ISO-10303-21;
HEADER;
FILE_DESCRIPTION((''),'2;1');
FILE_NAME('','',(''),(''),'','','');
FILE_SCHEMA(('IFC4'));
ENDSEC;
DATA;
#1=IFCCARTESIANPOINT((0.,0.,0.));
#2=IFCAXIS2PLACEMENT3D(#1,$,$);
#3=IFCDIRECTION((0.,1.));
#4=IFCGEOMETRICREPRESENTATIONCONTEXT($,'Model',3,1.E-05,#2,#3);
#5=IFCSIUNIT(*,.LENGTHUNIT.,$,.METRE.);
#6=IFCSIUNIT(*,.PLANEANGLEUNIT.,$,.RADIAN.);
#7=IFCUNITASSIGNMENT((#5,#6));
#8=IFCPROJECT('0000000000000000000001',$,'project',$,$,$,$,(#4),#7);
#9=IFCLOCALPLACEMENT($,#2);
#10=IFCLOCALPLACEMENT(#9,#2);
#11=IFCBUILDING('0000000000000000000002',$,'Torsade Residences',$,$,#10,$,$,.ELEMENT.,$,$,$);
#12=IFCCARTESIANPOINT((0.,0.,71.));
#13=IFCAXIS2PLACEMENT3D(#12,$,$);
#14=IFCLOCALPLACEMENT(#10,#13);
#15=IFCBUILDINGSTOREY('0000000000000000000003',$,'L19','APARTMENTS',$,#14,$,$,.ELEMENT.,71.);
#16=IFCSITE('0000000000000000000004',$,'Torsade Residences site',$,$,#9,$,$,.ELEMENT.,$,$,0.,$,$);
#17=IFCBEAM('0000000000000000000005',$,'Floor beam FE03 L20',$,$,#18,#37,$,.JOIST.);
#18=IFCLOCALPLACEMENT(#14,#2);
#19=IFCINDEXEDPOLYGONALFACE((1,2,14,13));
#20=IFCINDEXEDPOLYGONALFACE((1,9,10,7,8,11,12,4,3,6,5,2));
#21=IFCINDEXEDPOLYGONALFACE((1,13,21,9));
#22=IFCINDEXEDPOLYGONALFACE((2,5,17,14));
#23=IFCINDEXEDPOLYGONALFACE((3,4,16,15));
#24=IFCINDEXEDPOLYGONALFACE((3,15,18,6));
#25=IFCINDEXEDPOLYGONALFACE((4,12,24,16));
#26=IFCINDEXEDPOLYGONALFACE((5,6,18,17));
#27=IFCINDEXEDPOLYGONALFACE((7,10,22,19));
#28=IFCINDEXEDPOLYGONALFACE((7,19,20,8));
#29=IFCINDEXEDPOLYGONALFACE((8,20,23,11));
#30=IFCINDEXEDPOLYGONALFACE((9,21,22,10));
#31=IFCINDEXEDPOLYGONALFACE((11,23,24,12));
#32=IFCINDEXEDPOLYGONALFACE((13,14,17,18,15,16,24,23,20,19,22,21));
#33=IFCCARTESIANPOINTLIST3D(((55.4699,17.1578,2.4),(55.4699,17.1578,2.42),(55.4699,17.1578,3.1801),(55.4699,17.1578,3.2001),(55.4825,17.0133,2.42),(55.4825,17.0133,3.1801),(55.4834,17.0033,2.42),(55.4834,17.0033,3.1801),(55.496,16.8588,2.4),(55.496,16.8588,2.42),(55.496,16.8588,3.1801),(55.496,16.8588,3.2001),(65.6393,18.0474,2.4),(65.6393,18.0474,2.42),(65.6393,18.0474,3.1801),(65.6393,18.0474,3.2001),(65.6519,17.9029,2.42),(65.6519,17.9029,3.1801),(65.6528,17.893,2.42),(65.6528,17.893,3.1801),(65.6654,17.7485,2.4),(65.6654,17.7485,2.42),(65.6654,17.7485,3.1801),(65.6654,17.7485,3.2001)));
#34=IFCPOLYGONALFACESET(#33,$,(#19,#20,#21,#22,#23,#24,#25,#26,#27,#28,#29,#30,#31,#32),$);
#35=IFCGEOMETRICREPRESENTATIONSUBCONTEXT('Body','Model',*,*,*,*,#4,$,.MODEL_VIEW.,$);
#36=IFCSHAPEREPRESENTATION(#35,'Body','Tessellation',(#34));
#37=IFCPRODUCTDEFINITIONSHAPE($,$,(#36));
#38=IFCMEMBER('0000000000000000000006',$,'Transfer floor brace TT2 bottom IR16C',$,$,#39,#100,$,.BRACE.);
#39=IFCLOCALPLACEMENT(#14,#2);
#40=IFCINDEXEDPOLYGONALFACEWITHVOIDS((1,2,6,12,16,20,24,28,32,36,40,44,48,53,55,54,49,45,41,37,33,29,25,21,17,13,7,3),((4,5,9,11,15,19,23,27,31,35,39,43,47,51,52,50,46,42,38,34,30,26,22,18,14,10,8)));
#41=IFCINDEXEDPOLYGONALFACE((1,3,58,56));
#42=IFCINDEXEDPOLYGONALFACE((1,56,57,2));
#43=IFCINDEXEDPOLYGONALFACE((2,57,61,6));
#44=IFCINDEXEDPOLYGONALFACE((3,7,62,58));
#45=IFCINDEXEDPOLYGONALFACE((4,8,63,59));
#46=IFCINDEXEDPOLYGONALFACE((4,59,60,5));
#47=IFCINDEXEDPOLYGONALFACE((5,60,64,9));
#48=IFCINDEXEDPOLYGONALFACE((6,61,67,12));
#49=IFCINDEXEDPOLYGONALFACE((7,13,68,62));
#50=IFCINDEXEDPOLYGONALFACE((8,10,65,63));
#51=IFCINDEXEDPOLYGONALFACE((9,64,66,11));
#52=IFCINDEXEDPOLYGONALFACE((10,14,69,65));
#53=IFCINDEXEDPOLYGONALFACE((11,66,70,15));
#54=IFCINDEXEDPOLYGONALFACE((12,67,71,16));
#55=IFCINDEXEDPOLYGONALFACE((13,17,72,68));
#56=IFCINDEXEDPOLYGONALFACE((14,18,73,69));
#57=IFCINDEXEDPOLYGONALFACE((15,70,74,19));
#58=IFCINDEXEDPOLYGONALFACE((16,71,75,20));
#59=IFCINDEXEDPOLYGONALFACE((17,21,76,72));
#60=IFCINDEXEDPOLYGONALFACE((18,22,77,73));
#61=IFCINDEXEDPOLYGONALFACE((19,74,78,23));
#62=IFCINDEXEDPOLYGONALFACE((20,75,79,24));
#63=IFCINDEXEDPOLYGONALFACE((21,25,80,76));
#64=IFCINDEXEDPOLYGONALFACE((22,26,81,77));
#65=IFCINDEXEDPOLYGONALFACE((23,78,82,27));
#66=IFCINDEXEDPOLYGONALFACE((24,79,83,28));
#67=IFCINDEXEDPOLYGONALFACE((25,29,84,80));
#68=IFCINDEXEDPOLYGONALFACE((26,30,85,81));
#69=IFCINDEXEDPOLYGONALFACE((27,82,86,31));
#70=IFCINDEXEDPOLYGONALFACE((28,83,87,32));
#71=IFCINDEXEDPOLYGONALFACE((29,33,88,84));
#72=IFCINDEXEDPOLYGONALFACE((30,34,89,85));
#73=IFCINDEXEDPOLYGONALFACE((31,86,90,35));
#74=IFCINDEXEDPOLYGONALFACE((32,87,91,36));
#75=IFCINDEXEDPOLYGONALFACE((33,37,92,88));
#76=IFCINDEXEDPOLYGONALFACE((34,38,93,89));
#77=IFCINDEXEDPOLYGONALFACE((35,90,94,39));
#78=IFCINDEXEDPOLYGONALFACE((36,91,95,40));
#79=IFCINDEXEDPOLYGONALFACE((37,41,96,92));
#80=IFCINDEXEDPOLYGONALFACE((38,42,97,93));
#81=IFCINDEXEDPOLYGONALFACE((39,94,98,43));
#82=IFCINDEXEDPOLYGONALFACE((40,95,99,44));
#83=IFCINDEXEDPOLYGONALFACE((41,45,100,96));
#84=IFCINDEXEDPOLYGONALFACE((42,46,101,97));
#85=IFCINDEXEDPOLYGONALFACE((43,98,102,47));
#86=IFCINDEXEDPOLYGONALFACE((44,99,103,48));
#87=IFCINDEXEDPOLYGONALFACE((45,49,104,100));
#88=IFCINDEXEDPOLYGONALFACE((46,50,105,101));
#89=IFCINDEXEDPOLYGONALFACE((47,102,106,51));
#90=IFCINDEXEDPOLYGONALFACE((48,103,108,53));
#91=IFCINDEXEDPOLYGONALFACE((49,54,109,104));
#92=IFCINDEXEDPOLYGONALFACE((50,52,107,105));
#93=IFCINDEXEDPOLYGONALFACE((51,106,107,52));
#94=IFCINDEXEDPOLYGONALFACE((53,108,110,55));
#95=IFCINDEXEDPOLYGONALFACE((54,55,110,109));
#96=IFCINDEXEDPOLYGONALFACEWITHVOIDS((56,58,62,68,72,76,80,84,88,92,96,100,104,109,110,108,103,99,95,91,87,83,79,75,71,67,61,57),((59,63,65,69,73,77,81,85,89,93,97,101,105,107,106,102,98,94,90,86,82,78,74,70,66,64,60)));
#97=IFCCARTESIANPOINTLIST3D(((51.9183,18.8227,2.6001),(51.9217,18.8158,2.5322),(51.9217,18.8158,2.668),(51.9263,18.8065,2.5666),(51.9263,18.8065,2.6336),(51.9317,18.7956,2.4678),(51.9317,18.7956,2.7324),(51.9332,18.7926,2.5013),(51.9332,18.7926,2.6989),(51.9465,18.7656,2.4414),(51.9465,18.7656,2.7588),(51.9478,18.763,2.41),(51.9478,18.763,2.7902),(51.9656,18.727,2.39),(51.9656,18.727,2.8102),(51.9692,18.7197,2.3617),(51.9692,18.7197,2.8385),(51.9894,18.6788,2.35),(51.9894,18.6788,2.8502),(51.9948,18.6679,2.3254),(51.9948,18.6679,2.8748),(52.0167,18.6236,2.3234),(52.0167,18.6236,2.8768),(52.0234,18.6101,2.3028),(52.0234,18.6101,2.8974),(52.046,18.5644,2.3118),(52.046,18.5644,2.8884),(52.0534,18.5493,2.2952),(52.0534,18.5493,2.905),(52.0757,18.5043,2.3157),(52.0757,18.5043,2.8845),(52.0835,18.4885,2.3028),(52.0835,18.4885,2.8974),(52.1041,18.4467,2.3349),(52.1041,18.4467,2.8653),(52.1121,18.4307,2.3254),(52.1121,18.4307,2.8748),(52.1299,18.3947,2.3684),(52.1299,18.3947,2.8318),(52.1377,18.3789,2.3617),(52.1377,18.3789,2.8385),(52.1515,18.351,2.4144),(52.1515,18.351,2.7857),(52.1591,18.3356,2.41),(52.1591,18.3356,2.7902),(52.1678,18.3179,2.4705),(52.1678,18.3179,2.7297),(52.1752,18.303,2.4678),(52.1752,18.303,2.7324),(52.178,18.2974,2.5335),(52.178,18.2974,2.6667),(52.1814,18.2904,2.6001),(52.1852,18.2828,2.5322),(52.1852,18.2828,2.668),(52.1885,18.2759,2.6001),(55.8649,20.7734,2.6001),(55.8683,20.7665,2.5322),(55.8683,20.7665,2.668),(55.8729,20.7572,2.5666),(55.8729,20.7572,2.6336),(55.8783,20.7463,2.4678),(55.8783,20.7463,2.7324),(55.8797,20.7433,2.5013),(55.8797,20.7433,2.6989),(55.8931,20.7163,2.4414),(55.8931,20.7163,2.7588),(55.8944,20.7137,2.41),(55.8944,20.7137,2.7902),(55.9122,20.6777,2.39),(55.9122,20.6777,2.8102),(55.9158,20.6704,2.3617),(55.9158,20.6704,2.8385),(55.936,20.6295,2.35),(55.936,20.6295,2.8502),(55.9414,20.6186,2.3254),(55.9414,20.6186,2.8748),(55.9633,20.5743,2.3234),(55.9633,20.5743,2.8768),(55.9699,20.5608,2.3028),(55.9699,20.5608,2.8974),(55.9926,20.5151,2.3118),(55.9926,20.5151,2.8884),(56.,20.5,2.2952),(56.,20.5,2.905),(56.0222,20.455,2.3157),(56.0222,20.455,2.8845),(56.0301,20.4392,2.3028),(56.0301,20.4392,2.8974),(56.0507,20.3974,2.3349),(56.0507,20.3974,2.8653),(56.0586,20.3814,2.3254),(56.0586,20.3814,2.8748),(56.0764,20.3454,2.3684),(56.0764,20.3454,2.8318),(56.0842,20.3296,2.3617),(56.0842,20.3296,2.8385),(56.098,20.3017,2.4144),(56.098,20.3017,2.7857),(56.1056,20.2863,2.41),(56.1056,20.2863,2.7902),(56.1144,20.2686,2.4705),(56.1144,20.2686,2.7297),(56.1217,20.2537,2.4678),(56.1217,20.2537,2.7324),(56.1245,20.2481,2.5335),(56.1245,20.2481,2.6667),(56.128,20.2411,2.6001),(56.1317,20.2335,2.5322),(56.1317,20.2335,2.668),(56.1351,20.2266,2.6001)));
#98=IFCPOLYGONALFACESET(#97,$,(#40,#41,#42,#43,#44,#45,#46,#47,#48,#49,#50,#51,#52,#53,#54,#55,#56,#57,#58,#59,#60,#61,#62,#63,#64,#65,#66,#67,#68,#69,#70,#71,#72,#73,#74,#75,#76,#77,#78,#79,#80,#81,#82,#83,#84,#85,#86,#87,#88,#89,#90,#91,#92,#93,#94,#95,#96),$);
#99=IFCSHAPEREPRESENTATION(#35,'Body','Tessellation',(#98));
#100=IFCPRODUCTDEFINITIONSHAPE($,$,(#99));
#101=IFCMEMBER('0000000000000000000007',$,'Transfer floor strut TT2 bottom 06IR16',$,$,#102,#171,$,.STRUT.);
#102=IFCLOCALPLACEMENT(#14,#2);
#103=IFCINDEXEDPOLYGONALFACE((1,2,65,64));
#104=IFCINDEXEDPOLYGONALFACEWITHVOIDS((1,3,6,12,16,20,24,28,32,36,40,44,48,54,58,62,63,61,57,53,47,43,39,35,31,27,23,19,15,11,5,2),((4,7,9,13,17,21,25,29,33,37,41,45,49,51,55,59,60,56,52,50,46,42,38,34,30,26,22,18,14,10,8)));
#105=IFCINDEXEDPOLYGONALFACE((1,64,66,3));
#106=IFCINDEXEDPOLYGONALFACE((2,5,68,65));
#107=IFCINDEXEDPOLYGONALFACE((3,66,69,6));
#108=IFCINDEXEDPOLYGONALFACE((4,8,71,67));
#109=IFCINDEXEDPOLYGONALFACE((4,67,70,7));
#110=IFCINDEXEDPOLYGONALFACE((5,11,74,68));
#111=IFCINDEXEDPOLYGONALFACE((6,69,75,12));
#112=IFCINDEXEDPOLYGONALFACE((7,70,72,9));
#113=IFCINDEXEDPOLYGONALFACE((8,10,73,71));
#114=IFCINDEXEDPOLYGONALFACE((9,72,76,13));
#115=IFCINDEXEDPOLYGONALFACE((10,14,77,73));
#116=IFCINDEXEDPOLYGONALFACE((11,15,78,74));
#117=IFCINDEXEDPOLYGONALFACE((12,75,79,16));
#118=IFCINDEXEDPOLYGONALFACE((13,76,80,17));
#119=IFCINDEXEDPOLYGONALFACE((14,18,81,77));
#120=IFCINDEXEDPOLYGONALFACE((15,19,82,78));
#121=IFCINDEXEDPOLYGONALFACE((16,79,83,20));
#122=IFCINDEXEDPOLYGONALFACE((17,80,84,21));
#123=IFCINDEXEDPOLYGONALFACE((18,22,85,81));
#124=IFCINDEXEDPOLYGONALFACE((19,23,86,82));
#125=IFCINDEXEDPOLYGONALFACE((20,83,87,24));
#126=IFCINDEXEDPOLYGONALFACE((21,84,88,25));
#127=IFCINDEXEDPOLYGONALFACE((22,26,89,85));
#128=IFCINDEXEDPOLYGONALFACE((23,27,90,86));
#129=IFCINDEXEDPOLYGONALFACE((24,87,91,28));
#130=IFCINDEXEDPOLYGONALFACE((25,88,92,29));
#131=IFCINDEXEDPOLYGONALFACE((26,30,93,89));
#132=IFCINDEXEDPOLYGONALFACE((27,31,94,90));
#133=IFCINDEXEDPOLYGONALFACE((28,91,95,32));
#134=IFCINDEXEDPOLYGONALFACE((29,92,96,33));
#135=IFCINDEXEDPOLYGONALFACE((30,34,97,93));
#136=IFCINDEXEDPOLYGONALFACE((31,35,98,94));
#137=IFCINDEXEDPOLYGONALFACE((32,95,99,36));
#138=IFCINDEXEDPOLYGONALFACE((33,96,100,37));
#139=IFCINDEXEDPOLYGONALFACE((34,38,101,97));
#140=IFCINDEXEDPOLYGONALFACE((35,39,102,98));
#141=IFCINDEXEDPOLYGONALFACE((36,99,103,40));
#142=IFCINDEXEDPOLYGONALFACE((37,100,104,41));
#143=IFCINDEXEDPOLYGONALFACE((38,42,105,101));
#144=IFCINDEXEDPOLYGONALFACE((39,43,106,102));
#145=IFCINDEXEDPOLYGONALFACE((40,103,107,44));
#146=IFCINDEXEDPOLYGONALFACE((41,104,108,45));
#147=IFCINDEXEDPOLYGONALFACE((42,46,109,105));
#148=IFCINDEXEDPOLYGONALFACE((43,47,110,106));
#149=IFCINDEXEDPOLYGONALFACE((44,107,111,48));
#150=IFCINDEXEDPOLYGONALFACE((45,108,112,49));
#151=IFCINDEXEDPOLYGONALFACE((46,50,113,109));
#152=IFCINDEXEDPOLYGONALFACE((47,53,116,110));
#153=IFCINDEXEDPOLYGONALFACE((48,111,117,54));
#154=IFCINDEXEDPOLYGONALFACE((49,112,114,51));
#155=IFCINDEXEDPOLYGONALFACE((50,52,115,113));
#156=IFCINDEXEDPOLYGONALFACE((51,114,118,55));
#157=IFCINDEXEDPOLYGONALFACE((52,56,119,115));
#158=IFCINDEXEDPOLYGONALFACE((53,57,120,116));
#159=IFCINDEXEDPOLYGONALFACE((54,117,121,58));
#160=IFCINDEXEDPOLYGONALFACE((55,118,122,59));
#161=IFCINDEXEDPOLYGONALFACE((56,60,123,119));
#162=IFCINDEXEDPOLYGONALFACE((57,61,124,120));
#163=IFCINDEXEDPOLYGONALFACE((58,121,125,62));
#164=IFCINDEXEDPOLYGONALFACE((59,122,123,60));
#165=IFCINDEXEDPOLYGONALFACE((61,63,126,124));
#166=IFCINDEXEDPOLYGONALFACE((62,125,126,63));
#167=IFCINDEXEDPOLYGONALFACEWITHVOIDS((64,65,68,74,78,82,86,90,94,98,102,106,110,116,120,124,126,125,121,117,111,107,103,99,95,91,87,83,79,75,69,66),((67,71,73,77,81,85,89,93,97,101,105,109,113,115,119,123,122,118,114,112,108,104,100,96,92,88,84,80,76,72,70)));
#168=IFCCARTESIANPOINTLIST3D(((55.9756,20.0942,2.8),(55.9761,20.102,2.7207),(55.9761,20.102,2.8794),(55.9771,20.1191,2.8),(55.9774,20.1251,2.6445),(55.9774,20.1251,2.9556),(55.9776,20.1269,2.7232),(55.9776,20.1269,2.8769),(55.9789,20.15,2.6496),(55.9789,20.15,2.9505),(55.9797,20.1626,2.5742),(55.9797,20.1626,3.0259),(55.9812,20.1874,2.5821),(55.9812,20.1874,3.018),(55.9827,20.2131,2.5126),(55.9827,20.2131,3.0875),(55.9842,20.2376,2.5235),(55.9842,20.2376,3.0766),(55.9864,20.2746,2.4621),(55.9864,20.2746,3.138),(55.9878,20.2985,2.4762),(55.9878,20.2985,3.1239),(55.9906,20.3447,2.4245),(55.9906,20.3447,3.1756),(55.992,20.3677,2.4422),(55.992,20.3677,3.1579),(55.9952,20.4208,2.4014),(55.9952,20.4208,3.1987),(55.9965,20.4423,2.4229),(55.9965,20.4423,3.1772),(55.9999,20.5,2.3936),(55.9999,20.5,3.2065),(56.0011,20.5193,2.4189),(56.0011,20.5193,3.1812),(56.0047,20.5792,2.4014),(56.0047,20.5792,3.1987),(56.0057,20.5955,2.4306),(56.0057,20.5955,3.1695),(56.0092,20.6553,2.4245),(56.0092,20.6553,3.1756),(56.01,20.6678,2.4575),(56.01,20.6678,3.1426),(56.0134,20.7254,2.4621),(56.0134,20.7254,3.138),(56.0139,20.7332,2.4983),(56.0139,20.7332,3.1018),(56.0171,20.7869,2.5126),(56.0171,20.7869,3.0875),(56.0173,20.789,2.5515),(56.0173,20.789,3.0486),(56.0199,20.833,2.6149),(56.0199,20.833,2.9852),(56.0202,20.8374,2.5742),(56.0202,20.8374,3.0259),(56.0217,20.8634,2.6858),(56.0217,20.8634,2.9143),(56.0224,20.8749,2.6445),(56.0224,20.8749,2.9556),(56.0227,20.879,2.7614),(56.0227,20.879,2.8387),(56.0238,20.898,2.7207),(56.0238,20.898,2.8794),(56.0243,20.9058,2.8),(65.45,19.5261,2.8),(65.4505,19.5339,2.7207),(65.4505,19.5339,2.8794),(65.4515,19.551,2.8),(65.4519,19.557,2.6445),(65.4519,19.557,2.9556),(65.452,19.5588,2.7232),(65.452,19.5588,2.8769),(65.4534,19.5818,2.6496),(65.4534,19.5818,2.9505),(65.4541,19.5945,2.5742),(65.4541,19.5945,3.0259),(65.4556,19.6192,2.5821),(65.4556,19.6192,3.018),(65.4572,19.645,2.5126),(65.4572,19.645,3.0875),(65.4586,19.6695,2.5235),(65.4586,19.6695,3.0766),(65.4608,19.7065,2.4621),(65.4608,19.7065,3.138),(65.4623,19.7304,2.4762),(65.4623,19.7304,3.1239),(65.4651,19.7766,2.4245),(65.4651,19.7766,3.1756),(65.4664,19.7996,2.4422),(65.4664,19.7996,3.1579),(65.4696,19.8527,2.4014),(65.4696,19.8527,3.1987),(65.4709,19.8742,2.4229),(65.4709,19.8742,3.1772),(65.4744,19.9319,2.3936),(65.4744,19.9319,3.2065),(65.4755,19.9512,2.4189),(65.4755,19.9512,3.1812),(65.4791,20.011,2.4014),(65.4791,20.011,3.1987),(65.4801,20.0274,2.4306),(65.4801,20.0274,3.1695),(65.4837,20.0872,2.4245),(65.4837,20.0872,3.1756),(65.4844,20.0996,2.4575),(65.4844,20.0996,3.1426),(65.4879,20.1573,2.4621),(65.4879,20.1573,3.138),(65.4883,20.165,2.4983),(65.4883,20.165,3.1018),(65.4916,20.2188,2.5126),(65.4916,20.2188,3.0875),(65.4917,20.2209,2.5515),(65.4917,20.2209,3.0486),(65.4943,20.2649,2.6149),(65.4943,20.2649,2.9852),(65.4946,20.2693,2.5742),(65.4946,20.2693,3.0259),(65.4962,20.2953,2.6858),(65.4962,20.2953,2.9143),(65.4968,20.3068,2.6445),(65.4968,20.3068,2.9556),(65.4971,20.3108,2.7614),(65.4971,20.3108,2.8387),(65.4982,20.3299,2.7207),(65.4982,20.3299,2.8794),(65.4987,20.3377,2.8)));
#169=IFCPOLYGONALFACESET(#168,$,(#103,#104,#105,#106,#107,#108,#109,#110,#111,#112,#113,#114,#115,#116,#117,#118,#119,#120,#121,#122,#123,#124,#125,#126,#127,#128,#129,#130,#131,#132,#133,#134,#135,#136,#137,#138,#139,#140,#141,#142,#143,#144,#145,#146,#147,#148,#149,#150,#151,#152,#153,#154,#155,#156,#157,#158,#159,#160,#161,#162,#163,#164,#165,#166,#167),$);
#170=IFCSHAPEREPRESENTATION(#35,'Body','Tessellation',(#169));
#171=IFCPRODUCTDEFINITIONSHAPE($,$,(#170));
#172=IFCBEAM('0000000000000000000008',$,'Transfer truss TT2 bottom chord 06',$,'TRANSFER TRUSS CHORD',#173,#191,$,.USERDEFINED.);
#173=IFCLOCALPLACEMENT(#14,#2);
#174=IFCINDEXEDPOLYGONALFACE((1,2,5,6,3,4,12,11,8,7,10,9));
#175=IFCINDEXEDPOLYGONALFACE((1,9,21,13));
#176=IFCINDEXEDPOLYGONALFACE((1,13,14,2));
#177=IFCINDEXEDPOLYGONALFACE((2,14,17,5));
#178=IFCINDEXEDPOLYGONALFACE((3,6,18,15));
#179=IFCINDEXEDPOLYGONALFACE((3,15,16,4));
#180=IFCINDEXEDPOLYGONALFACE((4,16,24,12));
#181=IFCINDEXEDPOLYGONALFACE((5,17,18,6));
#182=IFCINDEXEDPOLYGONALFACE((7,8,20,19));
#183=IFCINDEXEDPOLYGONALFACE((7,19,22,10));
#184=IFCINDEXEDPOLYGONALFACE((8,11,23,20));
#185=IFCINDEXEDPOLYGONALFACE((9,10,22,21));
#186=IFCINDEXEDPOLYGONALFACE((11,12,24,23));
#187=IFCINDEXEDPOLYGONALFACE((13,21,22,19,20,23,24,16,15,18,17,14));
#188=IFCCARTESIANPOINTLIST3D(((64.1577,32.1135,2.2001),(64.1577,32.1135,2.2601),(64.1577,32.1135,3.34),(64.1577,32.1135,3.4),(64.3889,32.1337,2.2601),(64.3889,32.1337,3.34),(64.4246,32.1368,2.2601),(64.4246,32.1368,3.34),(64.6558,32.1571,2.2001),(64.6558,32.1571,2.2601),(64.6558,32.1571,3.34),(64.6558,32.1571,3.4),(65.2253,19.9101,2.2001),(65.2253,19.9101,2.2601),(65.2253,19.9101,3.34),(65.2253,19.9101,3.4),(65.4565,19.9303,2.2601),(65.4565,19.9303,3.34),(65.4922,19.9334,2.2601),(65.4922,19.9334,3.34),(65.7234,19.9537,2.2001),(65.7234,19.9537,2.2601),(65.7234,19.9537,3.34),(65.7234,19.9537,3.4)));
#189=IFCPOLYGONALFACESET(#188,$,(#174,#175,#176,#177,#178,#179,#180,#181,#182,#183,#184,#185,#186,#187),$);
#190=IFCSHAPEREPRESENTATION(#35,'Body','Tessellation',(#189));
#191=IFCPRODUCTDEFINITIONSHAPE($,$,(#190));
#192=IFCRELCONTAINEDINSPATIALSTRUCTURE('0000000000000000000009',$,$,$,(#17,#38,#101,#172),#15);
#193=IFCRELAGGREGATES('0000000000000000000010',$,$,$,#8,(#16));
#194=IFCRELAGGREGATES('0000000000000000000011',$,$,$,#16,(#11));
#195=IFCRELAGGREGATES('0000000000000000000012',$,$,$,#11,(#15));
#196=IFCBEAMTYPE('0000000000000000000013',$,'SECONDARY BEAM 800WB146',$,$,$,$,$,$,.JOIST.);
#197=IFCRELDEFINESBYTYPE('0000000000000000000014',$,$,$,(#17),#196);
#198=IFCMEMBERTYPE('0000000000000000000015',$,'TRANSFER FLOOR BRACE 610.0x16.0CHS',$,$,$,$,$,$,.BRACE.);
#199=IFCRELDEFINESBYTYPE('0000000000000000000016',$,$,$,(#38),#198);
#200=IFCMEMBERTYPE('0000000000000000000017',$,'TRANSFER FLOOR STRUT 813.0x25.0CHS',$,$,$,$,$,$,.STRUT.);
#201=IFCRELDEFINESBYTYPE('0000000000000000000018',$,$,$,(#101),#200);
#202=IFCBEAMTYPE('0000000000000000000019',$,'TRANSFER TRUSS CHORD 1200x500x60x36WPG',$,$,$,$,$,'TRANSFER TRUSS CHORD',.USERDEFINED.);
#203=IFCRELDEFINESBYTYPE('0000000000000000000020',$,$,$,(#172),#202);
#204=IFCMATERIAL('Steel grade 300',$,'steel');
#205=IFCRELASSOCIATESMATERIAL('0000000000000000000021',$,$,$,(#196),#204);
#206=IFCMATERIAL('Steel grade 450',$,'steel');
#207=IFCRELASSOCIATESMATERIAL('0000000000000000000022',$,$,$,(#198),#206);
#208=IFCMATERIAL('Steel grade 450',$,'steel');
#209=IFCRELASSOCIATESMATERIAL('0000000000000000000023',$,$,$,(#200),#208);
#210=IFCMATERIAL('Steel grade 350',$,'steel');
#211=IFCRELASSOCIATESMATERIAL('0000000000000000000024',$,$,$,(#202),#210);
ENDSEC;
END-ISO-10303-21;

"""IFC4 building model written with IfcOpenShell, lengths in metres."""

from ifc_helpers import new_model, si_unit, direction, frame, origin, origin_2d, place, context, subcontext, project, spatial, hollow_circle, i_section, extrude, material, material_profile, profile_set, type_object, element, save


model = new_model("IFC4")

# Units and contexts
model_context = context("Model", 3, precision=1e-05, world=origin(), true_north=direction((0.0, 1.0)))
body_context = subcontext(model_context, "Body", "Model", "MODEL_VIEW")
ifc_project = project(units=[si_unit("LENGTHUNIT", "METRE"), si_unit("PLANEANGLEUNIT", "RADIAN")], contexts=[model_context])

# Site, building, storey
site_placement = place(None, origin())
site = spatial("IfcSite", under=ifc_project, at=site_placement, Name="Torsade Residences site", CompositionType="ELEMENT", RefElevation=0.0)
building_placement = place(site_placement, origin())
building = spatial("IfcBuilding", under=site, at=building_placement, Name="Torsade Residences", CompositionType="ELEMENT")
storey_placement = place(building_placement, frame((0.0, 0.0, 71.0)))
storey = spatial("IfcBuildingStorey", under=building, at=storey_placement, Name="L19", Description="APARTMENTS", CompositionType="ELEMENT", Elevation=71.0)

# Beam
ifc_material_1 = material(Name="Steel grade 300", Category="steel")
ifc_material_profile_1 = material_profile(ifc_material_1, i_section(OverallWidth=0.3, OverallDepth=0.8, WebThickness=0.01, FlangeThickness=0.02, at=origin_2d()), Name="800WB146")
ifc_profile_set_1 = profile_set([ifc_material_profile_1], Name="Steel grade 300")
beam_type_1 = type_object("IfcBeamType", Name="SECONDARY BEAM 800WB146", PredefinedType="JOIST", material=ifc_profile_set_1)
beam_1_placement = place(storey_placement, frame((65.6523, 17.8979, 2.8), z_axis=(-0.996195, -0.08715, 0.0), x_axis=(0.08715, -0.996195, 0.0)))
element("IfcBeam", 1, at=beam_1_placement, inside=storey, type_object=beam_type_1, Name="Floor beam FE03 L20", PredefinedType="JOIST", context=body_context, shape_type="SweptSolid", body=[
    extrude(i_section(OverallWidth=0.3, OverallDepth=0.8, WebThickness=0.01, FlangeThickness=0.02, at=origin_2d()), origin(), (0.0, 0.0, 1.0), 10.2083),
])

# Members
ifc_material_2 = material(Name="Steel grade 450", Category="steel")
ifc_material_profile_2 = material_profile(ifc_material_2, hollow_circle(Radius=0.3049, WallThickness=0.0161, at=origin_2d()), Name="610.0x16.0CHS")
ifc_profile_set_2 = profile_set([ifc_material_profile_2], Name="Steel grade 450")
member_type_1 = type_object("IfcMemberType", Name="TRANSFER FLOOR BRACE 610.0x16.0CHS", PredefinedType="BRACE", material=ifc_profile_set_2)
member_1_placement = place(storey_placement, frame((56.0, 20.5, 2.6001), z_axis=(-0.89647, -0.443105, 0.0), x_axis=(0.443105, -0.89647, 0.0)))
element("IfcMember", 2, at=member_1_placement, inside=storey, type_object=member_type_1, Name="Transfer floor brace TT2 bottom IR16C", PredefinedType="BRACE", context=body_context, shape_type="SweptSolid", body=[
    extrude(hollow_circle(Radius=0.3049, WallThickness=0.0161, at=origin_2d()), origin(), (0.0, 0.0, 1.0), 4.4023),
])
ifc_material_3 = material(Name="Steel grade 450", Category="steel")
ifc_material_profile_3 = material_profile(ifc_material_3, hollow_circle(Radius=0.4065, WallThickness=0.0249, at=origin_2d()), Name="813.0x25.0CHS")
ifc_profile_set_3 = profile_set([ifc_material_profile_3], Name="Steel grade 450")
member_type_2 = type_object("IfcMemberType", Name="TRANSFER FLOOR STRUT 813.0x25.0CHS", PredefinedType="STRUT", material=ifc_profile_set_3)
member_2_placement = place(storey_placement, frame((65.4744, 19.9319, 2.8), z_axis=(-0.998207, 0.059856, 0.0), x_axis=(-0.059856, -0.998207, 0.0)))
element("IfcMember", 3, at=member_2_placement, inside=storey, type_object=member_type_2, Name="Transfer floor strut TT2 bottom 06IR16", PredefinedType="STRUT", context=body_context, shape_type="SweptSolid", body=[
    extrude(hollow_circle(Radius=0.4065, WallThickness=0.0249, at=origin_2d()), origin(), (0.0, 0.0, 1.0), 9.4915),
])

# Beam
ifc_material_4 = material(Name="Steel grade 350", Category="steel")
ifc_material_profile_4 = material_profile(ifc_material_4, i_section(OverallWidth=0.5, OverallDepth=1.2, WebThickness=0.0359, FlangeThickness=0.0601, at=origin_2d()), Name="1200x500x60x36WPG")
ifc_profile_set_4 = profile_set([ifc_material_profile_4], Name="Steel grade 350")
beam_type_2 = type_object("IfcBeamType", Name="TRANSFER TRUSS CHORD 1200x500x60x36WPG", ElementType="TRANSFER TRUSS CHORD", PredefinedType="USERDEFINED", material=ifc_profile_set_4)
beam_2_placement = place(storey_placement, frame((65.4744, 19.9319, 2.8), z_axis=(-0.087153, 0.996195, 0.0), x_axis=(-0.996195, -0.087153, 0.0)))
element("IfcBeam", 4, at=beam_2_placement, inside=storey, type_object=beam_type_2, Name="Transfer truss TT2 bottom chord 06", ObjectType="TRANSFER TRUSS CHORD", PredefinedType="USERDEFINED", context=body_context, shape_type="SweptSolid", body=[
    extrude(i_section(OverallWidth=0.5, OverallDepth=1.2, WebThickness=0.0359, FlangeThickness=0.0601, at=origin_2d()), origin(), (0.0, 0.0, 1.0), 12.25),
])

save(model, "model.ifc")
